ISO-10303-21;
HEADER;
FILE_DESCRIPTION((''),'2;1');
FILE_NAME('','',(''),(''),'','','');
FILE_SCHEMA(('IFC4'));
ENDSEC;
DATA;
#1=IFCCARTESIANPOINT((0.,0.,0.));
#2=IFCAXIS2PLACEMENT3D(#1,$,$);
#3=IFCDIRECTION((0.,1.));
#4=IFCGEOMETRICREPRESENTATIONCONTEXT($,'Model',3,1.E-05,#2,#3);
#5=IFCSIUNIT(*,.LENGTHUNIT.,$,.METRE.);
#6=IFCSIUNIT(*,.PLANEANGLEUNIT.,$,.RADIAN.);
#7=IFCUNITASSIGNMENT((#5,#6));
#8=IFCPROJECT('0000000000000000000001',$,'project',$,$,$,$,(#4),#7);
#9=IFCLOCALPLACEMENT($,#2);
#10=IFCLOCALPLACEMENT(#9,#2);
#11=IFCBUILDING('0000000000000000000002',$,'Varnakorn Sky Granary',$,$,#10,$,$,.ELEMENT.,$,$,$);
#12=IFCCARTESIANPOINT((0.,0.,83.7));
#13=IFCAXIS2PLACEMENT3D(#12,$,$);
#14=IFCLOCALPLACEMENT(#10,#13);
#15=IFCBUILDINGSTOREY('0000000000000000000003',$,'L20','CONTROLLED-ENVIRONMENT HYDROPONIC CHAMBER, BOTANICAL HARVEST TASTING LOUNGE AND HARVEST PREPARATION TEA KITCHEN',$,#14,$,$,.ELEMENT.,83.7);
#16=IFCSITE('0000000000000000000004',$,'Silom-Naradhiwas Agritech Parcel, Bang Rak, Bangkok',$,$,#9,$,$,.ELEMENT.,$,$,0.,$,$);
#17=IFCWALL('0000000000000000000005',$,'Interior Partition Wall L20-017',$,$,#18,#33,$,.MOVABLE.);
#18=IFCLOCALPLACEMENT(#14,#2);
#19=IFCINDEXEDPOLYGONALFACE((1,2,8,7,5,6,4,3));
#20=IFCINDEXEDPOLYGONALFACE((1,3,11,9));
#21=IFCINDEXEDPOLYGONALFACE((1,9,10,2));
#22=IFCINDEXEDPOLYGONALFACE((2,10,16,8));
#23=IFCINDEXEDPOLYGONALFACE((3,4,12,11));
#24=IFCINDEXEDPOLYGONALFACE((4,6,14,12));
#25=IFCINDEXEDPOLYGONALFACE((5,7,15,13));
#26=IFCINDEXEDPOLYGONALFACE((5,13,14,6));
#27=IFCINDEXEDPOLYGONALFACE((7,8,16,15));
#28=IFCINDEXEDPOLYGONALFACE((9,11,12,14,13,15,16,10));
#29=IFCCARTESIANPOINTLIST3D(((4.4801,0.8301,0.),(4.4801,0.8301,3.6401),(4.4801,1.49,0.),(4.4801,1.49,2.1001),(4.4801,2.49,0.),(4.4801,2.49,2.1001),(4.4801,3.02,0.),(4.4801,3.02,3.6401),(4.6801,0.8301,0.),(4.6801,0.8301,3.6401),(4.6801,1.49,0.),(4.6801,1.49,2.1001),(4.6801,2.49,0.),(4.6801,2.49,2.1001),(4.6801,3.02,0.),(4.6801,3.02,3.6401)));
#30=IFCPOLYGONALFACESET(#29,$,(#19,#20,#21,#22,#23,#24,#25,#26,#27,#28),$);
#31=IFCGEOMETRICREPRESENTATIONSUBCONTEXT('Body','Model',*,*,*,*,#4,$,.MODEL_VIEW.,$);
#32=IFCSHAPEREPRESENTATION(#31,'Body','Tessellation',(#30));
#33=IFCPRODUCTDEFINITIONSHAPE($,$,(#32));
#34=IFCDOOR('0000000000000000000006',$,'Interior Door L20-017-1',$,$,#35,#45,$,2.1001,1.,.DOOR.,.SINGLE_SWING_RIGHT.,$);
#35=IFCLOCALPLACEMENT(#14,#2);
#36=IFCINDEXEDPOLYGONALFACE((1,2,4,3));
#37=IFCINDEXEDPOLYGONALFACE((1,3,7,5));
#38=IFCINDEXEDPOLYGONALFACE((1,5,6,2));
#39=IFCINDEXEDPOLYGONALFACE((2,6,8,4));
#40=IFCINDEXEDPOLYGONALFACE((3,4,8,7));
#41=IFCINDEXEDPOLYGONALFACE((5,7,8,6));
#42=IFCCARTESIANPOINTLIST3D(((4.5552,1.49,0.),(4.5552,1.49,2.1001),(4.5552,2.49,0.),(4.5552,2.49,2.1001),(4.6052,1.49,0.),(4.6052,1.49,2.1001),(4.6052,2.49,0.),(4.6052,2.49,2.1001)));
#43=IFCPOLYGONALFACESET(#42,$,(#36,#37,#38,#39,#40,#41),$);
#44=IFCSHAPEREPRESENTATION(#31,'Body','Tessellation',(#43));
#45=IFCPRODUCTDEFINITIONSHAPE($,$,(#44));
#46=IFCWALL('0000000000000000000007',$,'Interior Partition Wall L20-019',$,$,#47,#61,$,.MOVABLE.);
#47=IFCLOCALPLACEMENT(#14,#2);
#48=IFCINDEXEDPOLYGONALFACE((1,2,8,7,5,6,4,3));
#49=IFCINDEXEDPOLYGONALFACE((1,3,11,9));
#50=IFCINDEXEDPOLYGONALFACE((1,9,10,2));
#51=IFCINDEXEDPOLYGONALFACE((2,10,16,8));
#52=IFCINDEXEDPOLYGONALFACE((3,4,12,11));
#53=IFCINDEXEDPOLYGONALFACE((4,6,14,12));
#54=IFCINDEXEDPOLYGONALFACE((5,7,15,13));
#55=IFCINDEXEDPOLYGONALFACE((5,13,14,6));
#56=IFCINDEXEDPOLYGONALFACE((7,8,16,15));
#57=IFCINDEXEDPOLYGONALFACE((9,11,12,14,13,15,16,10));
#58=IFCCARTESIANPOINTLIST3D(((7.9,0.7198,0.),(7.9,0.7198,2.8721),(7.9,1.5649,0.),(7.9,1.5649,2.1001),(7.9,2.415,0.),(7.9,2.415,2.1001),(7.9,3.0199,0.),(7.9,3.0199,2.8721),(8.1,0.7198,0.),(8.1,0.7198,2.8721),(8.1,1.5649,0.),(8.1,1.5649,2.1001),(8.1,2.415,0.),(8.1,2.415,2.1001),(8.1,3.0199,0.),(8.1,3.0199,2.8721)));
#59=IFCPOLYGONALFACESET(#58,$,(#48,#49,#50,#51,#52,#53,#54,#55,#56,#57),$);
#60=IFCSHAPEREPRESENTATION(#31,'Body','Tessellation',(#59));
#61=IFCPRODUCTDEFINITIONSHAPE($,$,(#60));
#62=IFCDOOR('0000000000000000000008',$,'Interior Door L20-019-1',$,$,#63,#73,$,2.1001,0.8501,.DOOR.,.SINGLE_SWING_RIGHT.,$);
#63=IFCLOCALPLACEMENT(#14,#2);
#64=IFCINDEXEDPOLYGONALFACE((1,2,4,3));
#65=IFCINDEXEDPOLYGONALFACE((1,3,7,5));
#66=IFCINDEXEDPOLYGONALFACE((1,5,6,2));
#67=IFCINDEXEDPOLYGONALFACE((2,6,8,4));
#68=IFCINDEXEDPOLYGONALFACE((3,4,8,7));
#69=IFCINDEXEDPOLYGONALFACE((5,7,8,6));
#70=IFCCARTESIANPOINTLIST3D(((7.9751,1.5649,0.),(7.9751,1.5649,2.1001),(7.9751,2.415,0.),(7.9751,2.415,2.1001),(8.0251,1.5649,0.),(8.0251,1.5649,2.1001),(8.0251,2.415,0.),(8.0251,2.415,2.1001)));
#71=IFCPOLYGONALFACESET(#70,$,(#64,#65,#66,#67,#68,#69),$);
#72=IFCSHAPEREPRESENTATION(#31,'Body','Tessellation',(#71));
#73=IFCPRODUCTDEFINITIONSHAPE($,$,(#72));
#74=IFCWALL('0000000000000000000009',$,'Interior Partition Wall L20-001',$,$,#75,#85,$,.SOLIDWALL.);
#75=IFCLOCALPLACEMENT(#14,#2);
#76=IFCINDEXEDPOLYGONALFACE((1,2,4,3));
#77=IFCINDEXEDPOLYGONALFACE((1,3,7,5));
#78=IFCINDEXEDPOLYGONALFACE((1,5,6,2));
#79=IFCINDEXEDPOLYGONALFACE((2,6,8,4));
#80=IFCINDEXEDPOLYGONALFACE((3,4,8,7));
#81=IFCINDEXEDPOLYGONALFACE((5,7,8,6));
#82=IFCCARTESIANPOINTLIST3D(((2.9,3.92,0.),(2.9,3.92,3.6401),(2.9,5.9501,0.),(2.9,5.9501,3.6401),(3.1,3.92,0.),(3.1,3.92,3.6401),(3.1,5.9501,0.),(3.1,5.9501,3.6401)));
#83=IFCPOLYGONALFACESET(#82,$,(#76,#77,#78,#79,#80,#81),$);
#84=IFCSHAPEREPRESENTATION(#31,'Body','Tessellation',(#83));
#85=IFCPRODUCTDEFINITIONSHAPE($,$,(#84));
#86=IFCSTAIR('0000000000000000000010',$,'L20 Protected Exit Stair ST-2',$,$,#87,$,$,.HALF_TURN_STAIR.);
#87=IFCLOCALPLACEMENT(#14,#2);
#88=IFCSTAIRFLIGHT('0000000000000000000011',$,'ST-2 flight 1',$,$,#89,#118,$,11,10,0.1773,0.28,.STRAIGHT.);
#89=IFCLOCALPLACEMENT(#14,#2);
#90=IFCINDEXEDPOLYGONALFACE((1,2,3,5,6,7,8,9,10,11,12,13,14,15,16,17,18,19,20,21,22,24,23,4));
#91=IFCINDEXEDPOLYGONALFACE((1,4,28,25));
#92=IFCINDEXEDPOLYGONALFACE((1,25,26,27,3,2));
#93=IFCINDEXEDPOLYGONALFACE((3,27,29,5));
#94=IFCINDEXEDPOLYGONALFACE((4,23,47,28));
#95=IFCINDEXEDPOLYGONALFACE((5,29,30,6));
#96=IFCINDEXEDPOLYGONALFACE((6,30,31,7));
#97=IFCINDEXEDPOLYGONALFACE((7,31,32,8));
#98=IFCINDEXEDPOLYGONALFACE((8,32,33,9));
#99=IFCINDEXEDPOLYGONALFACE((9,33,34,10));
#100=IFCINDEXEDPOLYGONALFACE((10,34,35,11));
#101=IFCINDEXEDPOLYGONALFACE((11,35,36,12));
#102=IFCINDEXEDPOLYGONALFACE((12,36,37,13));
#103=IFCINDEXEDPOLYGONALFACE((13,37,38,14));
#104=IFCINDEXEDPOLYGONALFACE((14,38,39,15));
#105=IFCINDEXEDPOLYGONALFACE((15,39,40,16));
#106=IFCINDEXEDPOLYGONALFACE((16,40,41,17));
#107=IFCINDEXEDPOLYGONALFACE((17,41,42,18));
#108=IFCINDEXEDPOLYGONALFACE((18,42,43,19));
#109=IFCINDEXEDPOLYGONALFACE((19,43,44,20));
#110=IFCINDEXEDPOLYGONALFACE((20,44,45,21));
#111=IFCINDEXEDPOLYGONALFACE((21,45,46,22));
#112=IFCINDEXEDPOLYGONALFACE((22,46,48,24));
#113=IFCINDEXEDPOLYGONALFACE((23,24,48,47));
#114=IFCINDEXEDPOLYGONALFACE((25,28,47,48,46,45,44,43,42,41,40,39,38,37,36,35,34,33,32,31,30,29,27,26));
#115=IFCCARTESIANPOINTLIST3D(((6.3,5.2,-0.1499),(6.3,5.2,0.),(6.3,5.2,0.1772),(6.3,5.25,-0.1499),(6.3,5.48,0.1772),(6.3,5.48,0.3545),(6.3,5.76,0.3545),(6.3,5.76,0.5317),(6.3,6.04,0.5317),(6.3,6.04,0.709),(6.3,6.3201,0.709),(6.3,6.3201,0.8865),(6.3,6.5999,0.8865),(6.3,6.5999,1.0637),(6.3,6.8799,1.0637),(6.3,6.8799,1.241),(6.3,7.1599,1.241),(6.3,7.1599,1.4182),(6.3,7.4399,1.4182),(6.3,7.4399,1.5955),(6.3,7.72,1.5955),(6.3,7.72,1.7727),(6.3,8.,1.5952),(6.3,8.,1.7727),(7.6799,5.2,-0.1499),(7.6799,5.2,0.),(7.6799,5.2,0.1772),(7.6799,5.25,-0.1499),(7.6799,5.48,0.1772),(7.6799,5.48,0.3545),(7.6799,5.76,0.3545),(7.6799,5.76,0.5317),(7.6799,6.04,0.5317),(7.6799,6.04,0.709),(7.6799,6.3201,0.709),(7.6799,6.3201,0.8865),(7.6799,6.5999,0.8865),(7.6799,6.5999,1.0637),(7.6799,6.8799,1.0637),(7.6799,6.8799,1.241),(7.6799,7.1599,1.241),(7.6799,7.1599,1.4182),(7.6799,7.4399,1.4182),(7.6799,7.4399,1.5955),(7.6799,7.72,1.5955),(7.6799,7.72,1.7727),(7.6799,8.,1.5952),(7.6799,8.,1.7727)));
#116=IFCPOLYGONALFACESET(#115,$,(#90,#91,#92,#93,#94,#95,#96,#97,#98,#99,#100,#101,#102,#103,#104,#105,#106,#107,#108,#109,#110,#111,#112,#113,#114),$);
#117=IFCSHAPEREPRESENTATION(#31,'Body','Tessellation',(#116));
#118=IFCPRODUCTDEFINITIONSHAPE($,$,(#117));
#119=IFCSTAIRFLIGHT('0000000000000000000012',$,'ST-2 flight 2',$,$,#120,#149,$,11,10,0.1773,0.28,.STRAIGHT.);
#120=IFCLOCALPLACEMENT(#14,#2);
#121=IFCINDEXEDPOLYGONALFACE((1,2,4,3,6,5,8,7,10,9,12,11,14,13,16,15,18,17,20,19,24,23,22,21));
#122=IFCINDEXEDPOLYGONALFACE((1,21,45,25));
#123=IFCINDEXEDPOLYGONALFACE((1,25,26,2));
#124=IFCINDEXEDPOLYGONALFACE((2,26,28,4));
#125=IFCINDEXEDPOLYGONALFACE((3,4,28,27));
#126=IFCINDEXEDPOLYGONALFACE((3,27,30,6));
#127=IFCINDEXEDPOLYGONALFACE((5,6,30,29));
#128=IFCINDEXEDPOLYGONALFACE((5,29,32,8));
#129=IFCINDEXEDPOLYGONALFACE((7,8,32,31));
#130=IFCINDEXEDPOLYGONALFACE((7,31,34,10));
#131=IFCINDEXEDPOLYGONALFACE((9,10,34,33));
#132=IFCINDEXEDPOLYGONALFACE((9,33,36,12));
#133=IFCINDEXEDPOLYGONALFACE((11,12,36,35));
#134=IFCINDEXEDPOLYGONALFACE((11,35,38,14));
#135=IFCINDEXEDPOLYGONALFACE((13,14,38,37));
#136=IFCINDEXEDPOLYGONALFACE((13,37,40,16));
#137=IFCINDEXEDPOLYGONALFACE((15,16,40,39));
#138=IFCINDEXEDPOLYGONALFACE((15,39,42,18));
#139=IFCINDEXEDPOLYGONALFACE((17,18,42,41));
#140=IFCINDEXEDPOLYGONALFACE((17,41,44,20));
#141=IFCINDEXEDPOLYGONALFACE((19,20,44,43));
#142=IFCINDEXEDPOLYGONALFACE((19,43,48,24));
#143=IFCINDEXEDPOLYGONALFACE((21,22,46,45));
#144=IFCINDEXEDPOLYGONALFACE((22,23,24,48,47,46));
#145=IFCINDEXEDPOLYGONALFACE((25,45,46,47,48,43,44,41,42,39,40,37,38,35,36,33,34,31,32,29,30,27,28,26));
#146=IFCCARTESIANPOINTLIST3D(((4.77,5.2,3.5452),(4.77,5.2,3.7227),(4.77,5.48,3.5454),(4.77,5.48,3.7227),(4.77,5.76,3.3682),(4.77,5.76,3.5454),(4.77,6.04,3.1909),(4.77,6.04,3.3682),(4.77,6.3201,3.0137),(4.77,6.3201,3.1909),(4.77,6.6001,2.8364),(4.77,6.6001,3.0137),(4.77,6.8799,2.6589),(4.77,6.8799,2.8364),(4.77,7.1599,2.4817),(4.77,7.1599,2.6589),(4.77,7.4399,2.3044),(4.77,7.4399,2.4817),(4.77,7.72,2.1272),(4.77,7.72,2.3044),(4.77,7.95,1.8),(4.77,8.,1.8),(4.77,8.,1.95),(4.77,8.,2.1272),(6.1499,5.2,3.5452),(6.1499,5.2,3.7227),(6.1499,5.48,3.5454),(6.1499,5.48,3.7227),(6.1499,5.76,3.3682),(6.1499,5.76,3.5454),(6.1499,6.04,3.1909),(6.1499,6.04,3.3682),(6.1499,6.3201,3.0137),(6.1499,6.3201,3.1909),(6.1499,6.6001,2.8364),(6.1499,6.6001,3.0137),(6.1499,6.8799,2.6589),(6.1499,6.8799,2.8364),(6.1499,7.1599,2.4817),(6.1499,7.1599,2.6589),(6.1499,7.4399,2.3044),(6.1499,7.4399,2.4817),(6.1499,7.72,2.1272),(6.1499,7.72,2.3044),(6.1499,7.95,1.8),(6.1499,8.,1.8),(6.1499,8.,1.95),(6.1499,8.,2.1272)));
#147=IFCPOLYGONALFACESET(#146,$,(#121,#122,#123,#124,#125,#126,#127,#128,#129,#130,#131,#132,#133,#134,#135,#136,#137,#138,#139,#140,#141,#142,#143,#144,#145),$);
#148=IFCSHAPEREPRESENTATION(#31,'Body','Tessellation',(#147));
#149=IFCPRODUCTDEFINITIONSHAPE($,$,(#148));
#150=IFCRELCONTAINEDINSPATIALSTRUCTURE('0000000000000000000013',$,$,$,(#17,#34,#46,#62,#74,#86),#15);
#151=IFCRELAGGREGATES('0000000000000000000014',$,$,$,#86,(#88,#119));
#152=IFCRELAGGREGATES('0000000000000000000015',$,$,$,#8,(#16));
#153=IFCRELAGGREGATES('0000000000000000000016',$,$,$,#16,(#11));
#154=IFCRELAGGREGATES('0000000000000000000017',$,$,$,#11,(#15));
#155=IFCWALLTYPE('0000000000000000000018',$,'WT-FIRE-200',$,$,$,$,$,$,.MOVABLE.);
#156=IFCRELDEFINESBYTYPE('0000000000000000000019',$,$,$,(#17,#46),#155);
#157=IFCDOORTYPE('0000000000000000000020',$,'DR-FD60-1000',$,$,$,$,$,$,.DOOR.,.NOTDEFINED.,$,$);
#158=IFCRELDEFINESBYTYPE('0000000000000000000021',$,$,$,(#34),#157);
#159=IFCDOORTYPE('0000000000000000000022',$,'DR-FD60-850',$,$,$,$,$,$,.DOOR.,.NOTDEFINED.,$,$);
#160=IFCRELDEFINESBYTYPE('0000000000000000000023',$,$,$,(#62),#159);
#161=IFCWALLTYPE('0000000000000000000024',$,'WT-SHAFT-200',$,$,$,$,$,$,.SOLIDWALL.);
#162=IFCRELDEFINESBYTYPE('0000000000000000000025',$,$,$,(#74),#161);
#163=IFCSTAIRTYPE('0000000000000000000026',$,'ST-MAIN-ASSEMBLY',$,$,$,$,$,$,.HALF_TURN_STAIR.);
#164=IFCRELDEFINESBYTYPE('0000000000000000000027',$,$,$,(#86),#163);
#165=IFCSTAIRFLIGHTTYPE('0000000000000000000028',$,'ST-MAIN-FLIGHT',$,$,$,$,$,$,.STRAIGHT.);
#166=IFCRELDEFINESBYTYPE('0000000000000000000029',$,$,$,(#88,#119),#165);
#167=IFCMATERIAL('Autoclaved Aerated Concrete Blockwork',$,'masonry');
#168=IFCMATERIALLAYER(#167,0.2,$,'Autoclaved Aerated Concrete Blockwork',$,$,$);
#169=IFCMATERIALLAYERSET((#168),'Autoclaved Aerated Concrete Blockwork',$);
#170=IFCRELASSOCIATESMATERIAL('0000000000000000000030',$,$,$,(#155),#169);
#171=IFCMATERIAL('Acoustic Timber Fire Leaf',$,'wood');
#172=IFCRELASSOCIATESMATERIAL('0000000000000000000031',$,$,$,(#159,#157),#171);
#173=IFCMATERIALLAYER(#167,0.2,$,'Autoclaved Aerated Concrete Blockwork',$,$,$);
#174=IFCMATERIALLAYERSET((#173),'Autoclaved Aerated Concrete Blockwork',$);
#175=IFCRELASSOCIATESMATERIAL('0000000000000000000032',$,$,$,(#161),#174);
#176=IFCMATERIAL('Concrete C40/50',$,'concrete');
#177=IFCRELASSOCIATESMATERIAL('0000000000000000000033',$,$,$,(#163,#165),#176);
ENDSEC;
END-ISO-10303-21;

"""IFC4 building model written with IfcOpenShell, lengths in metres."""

from ifc_helpers import new_model, si_unit, direction, frame, frame_2d, origin, place, context, subcontext, project, spatial, polyline, rectangle, outline, extrude, material, layer, layer_set, type_object, element, fill, aggregate, save


model = new_model("IFC4")

# Units and contexts
model_context = context("Model", 3, precision=1e-05, world=origin(), true_north=direction((0.0, 1.0)))
body_context = subcontext(model_context, "Body", "Model", "MODEL_VIEW")
ifc_project = project(units=[si_unit("LENGTHUNIT", "METRE"), si_unit("PLANEANGLEUNIT", "RADIAN")], contexts=[model_context])

# Site, building, storey
site_placement = place(None, origin())
site = spatial("IfcSite", under=ifc_project, at=site_placement, Name="Silom-Naradhiwas Agritech Parcel, Bang Rak, Bangkok", CompositionType="ELEMENT", RefElevation=0.0)
building_placement = place(site_placement, origin())
building = spatial("IfcBuilding", under=site, at=building_placement, Name="Varnakorn Sky Granary", CompositionType="ELEMENT")
storey_placement = place(building_placement, frame((0.0, 0.0, 83.7)))
storey = spatial("IfcBuildingStorey", under=building, at=storey_placement, Name="L20", Description="CONTROLLED-ENVIRONMENT HYDROPONIC CHAMBER, BOTANICAL HARVEST TASTING LOUNGE AND HARVEST PREPARATION TEA KITCHEN", CompositionType="ELEMENT", Elevation=83.7)

# Walls, openings, doors
ifc_material_1 = material(Name="Autoclaved Aerated Concrete Blockwork", Category="masonry")
ifc_layer_1 = layer(ifc_material_1, 0.2, Name="Autoclaved Aerated Concrete Blockwork")
ifc_layer_set_1 = layer_set([ifc_layer_1], Name="Autoclaved Aerated Concrete Blockwork")
wall_type_1 = type_object("IfcWallType", Name="WT-FIRE-200", PredefinedType="MOVABLE", material=ifc_layer_set_1)
ifc_material_2 = material(Name="Acoustic Timber Fire Leaf", Category="wood")
door_type_1 = type_object("IfcDoorType", Name="DR-FD60-850", OperationType="NOTDEFINED", PredefinedType="DOOR", material=ifc_material_2)
wall_1_placement = place(storey_placement, frame((4.5801, 0.8301, 0.0), z_axis=(0.0, 0.0, 1.0), x_axis=(0.0, 1.0, 0.0)))
wall_1 = element("IfcWall", 1, at=wall_1_placement, inside=storey, type_object=wall_type_1, Name="Interior Partition Wall L20-017", PredefinedType="MOVABLE", context=body_context, shape_type="SweptSolid", body=[
    extrude(rectangle(XDim=2.1899, YDim=0.2, at=frame_2d((1.095, 0.0))), origin(), (0.0, 0.0, 1.0), 3.6401),
])
opening_1_placement = place(wall_1_placement, frame((0.6599, 0.0, 0.0)))
opening_1 = element("IfcOpeningElement", 2, at=opening_1_placement, cuts=wall_1, PredefinedType="OPENING", context=body_context, shape_type="SweptSolid", body=[
    extrude(rectangle(XDim=1.0, YDim=2.1001, at=frame_2d((0.5, 1.05))), frame((0.0, 0.1099, 0.0), z_axis=(0.0, -1.0, 0.0), x_axis=(1.0, 0.0, 0.0)), (0.0, 0.0, 1.0), 0.22),
])
door_type_2 = type_object("IfcDoorType", Name="DR-FD60-1000", OperationType="NOTDEFINED", PredefinedType="DOOR", material=ifc_material_2)
door_1_placement = place(opening_1_placement, origin())
door_1 = element("IfcDoor", 3, at=door_1_placement, inside=storey, type_object=door_type_2, Name="Interior Door L20-017-1", OperationType="SINGLE_SWING_RIGHT", OverallHeight=2.1001, OverallWidth=1.0, PredefinedType="DOOR", context=body_context, shape_type="SweptSolid", body=[
    extrude(rectangle(XDim=1.0, YDim=2.1001, at=frame_2d((0.5, 1.05))), frame((0.0, 0.0249, 0.0), z_axis=(0.0, -1.0, 0.0), x_axis=(1.0, 0.0, 0.0)), (0.0, 0.0, 1.0), 0.05),
])
fill(opening_1, door_1)
wall_2_placement = place(storey_placement, frame((8.0, 0.72, 0.0), z_axis=(0.0, 0.0, 1.0), x_axis=(0.0, 1.0, 0.0)))
wall_2 = element("IfcWall", 4, at=wall_2_placement, inside=storey, type_object=wall_type_1, Name="Interior Partition Wall L20-019", PredefinedType="MOVABLE", context=body_context, shape_type="SweptSolid", body=[
    extrude(rectangle(XDim=2.3, YDim=0.2, at=frame_2d((1.1499, 0.0))), origin(), (0.0, 0.0, 1.0), 2.8721),
])
opening_2_placement = place(wall_2_placement, frame((0.845, 0.0, 0.0)))
opening_2 = element("IfcOpeningElement", 5, at=opening_2_placement, cuts=wall_2, PredefinedType="OPENING", context=body_context, shape_type="SweptSolid", body=[
    extrude(rectangle(XDim=0.8501, YDim=2.1001, at=frame_2d((0.425, 1.05))), frame((0.0, 0.1099, 0.0), z_axis=(0.0, -1.0, 0.0), x_axis=(1.0, 0.0, 0.0)), (0.0, 0.0, 1.0), 0.22),
])
door_2_placement = place(opening_2_placement, origin())
door_2 = element("IfcDoor", 6, at=door_2_placement, inside=storey, type_object=door_type_1, Name="Interior Door L20-019-1", OperationType="SINGLE_SWING_RIGHT", OverallHeight=2.1001, OverallWidth=0.8501, PredefinedType="DOOR", context=body_context, shape_type="SweptSolid", body=[
    extrude(rectangle(XDim=0.8501, YDim=2.1001, at=frame_2d((0.425, 1.05))), frame((0.0, 0.0249, 0.0), z_axis=(0.0, -1.0, 0.0), x_axis=(1.0, 0.0, 0.0)), (0.0, 0.0, 1.0), 0.05),
])
fill(opening_2, door_2)

# Wall
ifc_layer_2 = layer(ifc_material_1, 0.2, Name="Autoclaved Aerated Concrete Blockwork")
ifc_layer_set_2 = layer_set([ifc_layer_2], Name="Autoclaved Aerated Concrete Blockwork")
wall_type_2 = type_object("IfcWallType", Name="WT-SHAFT-200", PredefinedType="SOLIDWALL", material=ifc_layer_set_2)
wall_3_placement = place(storey_placement, frame((3.0, 3.9199, 0.0), z_axis=(0.0, 0.0, 1.0), x_axis=(0.0, 1.0, 0.0)))
element("IfcWall", 7, at=wall_3_placement, inside=storey, type_object=wall_type_2, Name="Interior Partition Wall L20-001", PredefinedType="SOLIDWALL", context=body_context, shape_type="SweptSolid", body=[
    extrude(rectangle(XDim=2.03, YDim=0.2, at=frame_2d((1.0151, 0.0))), origin(), (0.0, 0.0, 1.0), 3.6401),
])

# Stair, stair flights
ifc_material_3 = material(Name="Concrete C40/50", Category="concrete")
stair_type = type_object("IfcStairType", Name="ST-MAIN-ASSEMBLY", PredefinedType="HALF_TURN_STAIR", material=ifc_material_3)
stair_placement = place(storey_placement, origin())
stair = element("IfcStair", 8, at=stair_placement, inside=storey, type_object=stair_type, Name="L20 Protected Exit Stair ST-2", PredefinedType="HALF_TURN_STAIR")
stair_flight_type = type_object("IfcStairFlightType", Name="ST-MAIN-FLIGHT", PredefinedType="STRAIGHT", material=ifc_material_3)
stair_flight_1_placement = place(storey_placement, frame((6.99, 5.2, 0.0), z_axis=(0.0, 0.0, 1.0), x_axis=(0.0, 1.0, 0.0)))
stair_flight_1 = element("IfcStairFlight", 9, at=stair_flight_1_placement, type_object=stair_flight_type, Name="ST-2 flight 1", NumberOfRisers=11, NumberOfTreads=10, PredefinedType="STRAIGHT", RiserHeight=0.1773, TreadLength=0.28, context=body_context, shape_type="SweptSolid", body=[
    extrude(outline(polyline([(0.0, -0.1499), (0.0, 0.0), (0.0, 0.1772), (0.28, 0.1772), (0.28, 0.3545), (0.5601, 0.3545), (0.5601, 0.5317), (0.8401, 0.5317), (0.8401, 0.709), (1.1201, 0.709), (1.1201, 0.8865), (1.3999, 0.8865), (1.3999, 1.0637), (1.6799, 1.0637), (1.6799, 1.241), (1.96, 1.241), (1.96, 1.4182), (2.24, 1.4182), (2.24, 1.5955), (2.52, 1.5955), (2.52, 1.7727), (2.8, 1.7727), (2.8, 1.95), (2.8, 1.5952), (0.05, -0.1499), (0.0, -0.1499)])), frame((0.0, 0.6899, 0.0), z_axis=(0.0, -1.0, 0.0), x_axis=(1.0, 0.0, 0.0)), (0.0, 0.0, 1.0), 1.3799),
])
stair_flight_2_placement = place(storey_placement, frame((5.46, 8.0, 1.95), z_axis=(0.0, 0.0, 1.0), x_axis=(0.0, -1.0, 0.0)))
stair_flight_2 = element("IfcStairFlight", 10, at=stair_flight_2_placement, type_object=stair_flight_type, Name="ST-2 flight 2", NumberOfRisers=11, NumberOfTreads=10, PredefinedType="STRAIGHT", RiserHeight=0.1773, TreadLength=0.28, context=body_context, shape_type="SweptSolid", body=[
    extrude(outline(polyline([(0.0, -0.1499), (0.0, 0.0), (0.0, 0.1772), (0.28, 0.1772), (0.28, 0.3545), (0.5601, 0.3545), (0.5601, 0.5317), (0.8401, 0.5317), (0.8401, 0.709), (1.1201, 0.709), (1.1201, 0.8865), (1.3999, 0.8865), (1.3999, 1.0637), (1.6799, 1.0637), (1.6799, 1.241), (1.96, 1.241), (1.96, 1.4182), (2.24, 1.4182), (2.24, 1.5955), (2.52, 1.5955), (2.52, 1.7727), (2.8, 1.7727), (2.8, 1.95), (2.8, 1.5952), (0.05, -0.1499), (0.0, -0.1499)])), frame((0.0, 0.6899, 0.0), z_axis=(0.0, -1.0, 0.0), x_axis=(1.0, 0.0, 0.0)), (0.0, 0.0, 1.0), 1.3799),
])
aggregate(stair, [stair_flight_1, stair_flight_2])

save(model, "model.ifc")
